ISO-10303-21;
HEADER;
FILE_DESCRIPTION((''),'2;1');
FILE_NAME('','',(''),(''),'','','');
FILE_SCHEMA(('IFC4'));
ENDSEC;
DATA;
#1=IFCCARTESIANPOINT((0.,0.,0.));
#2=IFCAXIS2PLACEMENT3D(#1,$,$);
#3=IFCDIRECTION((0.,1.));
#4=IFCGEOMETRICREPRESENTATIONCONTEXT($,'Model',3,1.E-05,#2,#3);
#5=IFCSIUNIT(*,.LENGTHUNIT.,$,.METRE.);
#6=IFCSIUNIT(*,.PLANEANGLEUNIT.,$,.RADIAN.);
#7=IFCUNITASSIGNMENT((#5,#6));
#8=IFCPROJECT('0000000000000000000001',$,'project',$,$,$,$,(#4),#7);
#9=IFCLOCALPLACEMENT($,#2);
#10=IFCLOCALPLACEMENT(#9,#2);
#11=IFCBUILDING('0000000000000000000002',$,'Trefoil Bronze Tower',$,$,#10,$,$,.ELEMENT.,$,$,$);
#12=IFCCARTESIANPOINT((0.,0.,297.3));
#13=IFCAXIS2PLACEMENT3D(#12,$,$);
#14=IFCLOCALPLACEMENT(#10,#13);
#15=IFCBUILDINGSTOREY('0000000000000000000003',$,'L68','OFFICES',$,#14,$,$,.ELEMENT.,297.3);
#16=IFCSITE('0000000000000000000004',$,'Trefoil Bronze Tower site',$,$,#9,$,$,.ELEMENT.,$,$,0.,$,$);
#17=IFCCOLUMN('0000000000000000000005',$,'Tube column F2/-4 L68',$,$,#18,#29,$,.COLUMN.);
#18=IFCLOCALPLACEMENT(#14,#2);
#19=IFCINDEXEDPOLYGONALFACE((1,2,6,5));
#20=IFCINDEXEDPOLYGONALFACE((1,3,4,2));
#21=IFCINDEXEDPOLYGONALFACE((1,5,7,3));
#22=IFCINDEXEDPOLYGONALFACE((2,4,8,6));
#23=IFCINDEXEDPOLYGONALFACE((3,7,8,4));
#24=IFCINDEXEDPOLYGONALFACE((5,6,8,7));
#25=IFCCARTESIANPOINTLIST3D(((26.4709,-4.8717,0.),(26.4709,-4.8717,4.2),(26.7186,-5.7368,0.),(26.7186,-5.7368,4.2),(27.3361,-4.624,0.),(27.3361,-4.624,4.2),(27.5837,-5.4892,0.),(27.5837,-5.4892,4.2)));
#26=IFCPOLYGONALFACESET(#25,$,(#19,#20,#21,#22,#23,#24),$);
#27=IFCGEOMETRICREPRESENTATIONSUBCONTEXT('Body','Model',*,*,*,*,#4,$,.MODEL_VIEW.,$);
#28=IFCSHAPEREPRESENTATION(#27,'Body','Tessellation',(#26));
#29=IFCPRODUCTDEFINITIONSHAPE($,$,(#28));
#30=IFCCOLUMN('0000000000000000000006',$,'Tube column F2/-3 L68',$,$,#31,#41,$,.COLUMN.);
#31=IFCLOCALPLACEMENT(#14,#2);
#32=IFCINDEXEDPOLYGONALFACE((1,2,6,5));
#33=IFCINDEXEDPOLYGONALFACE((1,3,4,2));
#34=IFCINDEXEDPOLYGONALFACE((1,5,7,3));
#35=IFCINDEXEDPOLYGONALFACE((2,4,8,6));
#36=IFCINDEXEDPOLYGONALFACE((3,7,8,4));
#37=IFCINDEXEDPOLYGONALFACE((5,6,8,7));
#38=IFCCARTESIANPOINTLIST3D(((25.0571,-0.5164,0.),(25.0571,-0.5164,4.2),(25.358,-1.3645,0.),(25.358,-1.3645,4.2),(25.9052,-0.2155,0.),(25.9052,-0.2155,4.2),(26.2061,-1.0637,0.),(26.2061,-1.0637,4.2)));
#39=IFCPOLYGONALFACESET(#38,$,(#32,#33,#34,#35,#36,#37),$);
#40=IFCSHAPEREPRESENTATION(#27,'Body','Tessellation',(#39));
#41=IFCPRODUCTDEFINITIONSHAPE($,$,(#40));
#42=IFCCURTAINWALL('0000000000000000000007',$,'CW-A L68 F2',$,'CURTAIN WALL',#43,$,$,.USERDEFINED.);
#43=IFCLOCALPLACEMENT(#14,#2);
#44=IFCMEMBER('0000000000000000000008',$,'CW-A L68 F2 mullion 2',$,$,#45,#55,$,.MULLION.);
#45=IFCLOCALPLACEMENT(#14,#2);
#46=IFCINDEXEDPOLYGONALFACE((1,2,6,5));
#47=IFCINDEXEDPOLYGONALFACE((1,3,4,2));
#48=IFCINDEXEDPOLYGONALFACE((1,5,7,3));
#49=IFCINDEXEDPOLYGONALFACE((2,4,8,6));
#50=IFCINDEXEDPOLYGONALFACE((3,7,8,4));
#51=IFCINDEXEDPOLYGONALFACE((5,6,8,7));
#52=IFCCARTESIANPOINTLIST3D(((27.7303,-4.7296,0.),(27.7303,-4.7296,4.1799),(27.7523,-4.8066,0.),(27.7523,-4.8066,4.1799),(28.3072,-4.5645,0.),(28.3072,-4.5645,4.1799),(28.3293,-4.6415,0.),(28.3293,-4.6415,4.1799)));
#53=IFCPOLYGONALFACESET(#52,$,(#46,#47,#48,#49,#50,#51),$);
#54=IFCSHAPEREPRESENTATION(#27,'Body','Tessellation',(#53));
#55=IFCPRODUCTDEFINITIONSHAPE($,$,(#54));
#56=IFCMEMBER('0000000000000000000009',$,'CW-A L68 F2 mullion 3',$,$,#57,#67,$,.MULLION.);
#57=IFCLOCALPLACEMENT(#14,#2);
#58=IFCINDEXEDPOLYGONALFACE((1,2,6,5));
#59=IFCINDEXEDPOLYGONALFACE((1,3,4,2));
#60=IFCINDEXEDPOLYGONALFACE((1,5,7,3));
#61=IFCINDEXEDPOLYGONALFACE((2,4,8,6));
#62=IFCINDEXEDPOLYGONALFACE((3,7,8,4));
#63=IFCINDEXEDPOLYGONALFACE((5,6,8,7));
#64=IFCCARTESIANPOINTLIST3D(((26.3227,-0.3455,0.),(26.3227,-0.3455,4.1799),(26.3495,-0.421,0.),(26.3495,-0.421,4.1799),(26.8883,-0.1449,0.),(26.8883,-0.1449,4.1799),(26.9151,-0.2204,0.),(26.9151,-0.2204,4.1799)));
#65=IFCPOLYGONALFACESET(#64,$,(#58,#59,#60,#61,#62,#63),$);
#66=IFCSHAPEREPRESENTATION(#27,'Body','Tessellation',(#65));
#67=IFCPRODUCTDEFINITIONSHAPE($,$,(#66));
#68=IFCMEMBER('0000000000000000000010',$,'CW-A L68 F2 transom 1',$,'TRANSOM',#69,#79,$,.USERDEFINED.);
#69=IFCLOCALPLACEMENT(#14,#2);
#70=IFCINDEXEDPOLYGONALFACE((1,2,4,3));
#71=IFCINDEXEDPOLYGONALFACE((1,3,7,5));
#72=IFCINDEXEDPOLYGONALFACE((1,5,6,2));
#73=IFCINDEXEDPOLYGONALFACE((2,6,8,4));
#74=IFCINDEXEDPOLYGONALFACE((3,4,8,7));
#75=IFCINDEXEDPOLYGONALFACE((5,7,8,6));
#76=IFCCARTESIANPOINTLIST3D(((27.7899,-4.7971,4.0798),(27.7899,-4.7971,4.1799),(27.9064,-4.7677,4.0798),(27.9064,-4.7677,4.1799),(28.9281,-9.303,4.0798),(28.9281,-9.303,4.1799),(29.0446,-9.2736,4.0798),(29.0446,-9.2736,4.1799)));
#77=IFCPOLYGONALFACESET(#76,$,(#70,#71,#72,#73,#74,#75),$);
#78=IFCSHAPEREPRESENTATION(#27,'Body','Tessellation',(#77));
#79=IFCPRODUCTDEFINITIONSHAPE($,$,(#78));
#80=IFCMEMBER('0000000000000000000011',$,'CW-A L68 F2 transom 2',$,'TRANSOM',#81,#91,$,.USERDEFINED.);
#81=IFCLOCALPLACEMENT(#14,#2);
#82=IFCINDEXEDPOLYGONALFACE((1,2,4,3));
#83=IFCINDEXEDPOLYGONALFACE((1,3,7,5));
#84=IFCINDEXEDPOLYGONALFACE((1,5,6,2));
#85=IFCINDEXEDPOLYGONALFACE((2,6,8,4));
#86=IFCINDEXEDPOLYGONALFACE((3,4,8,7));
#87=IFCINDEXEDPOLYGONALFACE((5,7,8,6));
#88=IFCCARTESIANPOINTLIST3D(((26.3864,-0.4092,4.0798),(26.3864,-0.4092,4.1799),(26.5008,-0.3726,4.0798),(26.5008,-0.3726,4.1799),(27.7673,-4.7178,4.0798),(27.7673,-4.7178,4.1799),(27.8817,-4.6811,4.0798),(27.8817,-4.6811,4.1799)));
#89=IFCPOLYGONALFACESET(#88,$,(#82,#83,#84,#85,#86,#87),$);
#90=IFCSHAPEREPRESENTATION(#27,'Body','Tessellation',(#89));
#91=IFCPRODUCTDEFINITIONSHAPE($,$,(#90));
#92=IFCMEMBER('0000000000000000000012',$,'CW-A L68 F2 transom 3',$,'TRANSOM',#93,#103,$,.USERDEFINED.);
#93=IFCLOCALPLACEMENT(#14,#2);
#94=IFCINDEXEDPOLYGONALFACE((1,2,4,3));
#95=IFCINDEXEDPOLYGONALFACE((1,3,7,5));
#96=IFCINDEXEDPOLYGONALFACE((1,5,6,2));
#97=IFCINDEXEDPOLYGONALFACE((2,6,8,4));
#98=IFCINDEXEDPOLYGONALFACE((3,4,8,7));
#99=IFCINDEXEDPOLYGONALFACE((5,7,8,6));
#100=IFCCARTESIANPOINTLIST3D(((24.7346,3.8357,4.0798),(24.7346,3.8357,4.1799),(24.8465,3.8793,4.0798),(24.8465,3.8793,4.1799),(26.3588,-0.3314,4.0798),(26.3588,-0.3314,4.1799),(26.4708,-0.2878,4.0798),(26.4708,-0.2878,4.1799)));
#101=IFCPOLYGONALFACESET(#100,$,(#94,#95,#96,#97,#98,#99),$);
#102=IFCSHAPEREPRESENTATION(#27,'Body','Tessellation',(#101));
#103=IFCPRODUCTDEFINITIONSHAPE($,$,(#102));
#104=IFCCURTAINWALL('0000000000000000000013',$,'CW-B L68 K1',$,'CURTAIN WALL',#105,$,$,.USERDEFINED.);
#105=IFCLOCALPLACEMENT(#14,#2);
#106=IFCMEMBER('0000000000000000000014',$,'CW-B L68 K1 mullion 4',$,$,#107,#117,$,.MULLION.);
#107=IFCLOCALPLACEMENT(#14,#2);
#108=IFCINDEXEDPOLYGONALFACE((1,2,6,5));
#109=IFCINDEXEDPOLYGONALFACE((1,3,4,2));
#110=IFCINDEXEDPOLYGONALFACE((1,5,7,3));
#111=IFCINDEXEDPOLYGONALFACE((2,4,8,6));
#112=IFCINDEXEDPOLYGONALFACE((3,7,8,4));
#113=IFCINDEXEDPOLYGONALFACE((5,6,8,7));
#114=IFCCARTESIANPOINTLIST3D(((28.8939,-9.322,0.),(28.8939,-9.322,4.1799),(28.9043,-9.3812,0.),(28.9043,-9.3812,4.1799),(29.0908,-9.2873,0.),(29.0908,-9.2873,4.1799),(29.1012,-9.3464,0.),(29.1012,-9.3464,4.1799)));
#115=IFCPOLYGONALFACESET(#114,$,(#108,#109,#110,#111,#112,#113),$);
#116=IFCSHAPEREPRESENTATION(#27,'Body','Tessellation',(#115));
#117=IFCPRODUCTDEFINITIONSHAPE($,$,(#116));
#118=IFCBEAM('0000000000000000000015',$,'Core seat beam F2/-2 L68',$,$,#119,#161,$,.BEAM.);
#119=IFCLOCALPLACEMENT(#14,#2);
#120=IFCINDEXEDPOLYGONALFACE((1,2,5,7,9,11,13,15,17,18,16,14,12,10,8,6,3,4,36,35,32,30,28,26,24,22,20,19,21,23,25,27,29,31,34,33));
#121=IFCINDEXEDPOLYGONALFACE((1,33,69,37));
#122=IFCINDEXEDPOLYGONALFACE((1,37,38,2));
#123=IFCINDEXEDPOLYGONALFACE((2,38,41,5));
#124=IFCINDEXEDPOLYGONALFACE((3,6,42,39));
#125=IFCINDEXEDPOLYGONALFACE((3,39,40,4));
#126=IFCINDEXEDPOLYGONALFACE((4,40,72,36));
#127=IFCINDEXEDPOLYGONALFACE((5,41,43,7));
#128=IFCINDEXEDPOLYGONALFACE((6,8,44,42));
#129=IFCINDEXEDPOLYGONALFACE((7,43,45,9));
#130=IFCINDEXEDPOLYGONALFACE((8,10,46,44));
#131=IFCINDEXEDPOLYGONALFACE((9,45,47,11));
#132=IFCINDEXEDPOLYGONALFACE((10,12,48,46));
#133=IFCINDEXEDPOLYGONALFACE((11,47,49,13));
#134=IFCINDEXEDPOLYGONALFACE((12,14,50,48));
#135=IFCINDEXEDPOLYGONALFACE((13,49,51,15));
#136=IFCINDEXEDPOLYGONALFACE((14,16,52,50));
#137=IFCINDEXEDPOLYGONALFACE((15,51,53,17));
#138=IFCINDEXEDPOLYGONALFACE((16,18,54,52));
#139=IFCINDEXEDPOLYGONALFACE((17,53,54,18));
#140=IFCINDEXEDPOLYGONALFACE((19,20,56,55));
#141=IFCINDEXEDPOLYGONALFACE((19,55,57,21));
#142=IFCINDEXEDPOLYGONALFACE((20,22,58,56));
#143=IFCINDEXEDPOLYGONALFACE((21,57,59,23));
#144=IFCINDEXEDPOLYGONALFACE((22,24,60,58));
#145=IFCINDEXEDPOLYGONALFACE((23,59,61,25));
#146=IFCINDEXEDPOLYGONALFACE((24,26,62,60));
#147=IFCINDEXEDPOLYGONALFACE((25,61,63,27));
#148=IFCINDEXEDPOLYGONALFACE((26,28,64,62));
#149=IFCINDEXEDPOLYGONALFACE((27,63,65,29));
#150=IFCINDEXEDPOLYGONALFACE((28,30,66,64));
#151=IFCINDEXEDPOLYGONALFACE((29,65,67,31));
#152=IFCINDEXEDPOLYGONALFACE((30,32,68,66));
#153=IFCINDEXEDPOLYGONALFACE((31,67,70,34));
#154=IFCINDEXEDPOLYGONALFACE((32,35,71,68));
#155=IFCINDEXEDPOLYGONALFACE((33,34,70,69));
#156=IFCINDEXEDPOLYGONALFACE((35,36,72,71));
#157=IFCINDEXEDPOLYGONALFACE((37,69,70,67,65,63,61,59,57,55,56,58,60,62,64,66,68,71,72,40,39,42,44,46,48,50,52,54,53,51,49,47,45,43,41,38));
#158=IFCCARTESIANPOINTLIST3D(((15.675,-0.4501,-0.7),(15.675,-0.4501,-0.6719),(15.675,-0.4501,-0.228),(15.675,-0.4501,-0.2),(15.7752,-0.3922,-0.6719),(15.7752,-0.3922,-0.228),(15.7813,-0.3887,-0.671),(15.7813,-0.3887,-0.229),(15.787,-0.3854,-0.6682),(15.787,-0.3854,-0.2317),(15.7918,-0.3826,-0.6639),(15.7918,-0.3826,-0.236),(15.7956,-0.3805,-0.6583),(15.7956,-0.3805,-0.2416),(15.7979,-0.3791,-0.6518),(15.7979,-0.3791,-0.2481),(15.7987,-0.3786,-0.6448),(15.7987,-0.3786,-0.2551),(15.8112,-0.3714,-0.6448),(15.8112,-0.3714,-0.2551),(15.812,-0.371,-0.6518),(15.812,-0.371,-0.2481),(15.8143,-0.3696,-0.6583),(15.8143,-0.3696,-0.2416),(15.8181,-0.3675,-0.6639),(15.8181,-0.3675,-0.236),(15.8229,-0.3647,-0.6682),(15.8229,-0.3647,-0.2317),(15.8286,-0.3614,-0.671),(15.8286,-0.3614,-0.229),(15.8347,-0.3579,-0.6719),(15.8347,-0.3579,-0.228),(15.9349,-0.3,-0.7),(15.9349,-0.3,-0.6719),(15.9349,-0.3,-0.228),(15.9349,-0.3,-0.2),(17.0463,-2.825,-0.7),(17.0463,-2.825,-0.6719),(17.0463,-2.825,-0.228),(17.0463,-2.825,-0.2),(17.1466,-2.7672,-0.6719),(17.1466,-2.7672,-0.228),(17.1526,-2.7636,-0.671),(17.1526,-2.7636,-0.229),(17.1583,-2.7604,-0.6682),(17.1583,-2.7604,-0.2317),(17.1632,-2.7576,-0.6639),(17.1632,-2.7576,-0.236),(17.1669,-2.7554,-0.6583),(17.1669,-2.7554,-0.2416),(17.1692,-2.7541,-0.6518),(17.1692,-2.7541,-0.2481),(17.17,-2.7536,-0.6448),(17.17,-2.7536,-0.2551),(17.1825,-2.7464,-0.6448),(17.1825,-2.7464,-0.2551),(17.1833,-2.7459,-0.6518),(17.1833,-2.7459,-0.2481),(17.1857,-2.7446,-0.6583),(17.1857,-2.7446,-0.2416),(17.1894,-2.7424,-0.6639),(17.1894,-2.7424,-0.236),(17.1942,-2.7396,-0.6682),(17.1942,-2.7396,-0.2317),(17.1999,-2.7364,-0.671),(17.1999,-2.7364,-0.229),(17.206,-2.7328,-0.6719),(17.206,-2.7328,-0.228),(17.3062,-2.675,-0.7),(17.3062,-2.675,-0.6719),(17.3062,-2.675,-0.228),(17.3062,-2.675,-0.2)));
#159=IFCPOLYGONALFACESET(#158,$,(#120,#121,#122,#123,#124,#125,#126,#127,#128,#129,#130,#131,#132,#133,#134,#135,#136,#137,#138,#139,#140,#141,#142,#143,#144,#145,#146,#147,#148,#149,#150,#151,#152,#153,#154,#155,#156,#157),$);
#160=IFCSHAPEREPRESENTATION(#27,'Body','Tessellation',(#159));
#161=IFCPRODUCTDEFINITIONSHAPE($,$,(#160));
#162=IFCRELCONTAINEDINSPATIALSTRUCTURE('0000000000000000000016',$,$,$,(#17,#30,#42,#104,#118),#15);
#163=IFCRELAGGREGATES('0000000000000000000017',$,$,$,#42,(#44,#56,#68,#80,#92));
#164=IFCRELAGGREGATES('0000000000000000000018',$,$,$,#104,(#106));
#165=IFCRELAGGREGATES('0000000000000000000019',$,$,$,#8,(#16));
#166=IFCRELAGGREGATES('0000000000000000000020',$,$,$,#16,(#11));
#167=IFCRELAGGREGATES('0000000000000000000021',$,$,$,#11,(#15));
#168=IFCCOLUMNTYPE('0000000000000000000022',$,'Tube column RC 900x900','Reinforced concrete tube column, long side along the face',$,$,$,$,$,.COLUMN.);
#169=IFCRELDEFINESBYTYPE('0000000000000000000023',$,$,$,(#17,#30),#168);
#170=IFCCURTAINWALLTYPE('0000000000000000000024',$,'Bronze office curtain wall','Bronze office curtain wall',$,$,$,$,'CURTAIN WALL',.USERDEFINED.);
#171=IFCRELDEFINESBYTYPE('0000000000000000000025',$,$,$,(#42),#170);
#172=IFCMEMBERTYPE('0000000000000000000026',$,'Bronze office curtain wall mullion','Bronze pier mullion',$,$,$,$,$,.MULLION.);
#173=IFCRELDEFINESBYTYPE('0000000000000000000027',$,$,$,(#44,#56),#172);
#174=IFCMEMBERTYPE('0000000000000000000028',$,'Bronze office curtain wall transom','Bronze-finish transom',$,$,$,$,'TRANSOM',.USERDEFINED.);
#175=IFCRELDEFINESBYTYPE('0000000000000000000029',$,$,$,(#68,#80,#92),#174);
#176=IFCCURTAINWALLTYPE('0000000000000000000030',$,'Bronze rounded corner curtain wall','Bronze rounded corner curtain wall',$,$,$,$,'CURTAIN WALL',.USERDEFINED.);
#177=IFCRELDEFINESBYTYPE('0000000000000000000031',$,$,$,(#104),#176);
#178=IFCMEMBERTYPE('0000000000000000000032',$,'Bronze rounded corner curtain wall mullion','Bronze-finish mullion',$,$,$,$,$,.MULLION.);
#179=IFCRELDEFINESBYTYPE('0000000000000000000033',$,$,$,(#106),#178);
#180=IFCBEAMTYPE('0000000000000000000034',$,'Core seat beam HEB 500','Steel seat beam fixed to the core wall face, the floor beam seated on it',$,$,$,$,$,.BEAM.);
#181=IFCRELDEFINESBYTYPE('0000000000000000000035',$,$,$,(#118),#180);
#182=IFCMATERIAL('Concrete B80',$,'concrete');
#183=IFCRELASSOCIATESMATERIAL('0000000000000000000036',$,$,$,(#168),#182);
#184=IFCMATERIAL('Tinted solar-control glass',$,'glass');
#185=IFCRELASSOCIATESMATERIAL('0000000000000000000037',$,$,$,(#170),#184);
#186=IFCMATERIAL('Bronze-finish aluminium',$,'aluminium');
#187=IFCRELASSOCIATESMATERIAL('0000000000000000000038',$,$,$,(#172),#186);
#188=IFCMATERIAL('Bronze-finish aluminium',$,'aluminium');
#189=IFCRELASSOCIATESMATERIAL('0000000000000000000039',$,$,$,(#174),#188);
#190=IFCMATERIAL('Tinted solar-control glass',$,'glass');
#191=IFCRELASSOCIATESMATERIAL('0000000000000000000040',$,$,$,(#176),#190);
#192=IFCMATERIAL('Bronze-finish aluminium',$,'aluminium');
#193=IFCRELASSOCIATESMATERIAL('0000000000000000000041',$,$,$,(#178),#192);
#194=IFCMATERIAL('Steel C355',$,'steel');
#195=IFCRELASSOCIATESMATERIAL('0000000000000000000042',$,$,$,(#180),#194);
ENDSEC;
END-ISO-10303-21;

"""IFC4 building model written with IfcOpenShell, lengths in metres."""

from ifc_helpers import new_model, si_unit, direction, frame, origin, origin_2d, place, context, subcontext, project, spatial, rectangle, i_section, extrude, material, material_profile, profile_set, type_object, element, aggregate, save


model = new_model("IFC4")

# Units and contexts
model_context = context("Model", 3, precision=1e-05, world=origin(), true_north=direction((0.0, 1.0)))
body_context = subcontext(model_context, "Body", "Model", "MODEL_VIEW")
ifc_project = project(units=[si_unit("LENGTHUNIT", "METRE"), si_unit("PLANEANGLEUNIT", "RADIAN")], contexts=[model_context])

# Site, building, storey
site_placement = place(None, origin())
site = spatial("IfcSite", under=ifc_project, at=site_placement, Name="Trefoil Bronze Tower site", CompositionType="ELEMENT", RefElevation=0.0)
building_placement = place(site_placement, origin())
building = spatial("IfcBuilding", under=site, at=building_placement, Name="Trefoil Bronze Tower", CompositionType="ELEMENT")
storey_placement = place(building_placement, frame((0.0, 0.0, 297.3)))
storey = spatial("IfcBuildingStorey", under=building, at=storey_placement, Name="L68", Description="OFFICES", CompositionType="ELEMENT", Elevation=297.3)

# Columns
ifc_material_1 = material(Name="Concrete B80", Category="concrete")
ifc_material_profile_1 = material_profile(ifc_material_1, rectangle(XDim=0.8999, YDim=0.8999, at=origin_2d()), Name="RC 900x900")
ifc_profile_set_1 = profile_set([ifc_material_profile_1], Name="Concrete B80")
column_type = type_object("IfcColumnType", Name="Tube column RC 900x900", Description="Reinforced concrete tube column, long side along the face", PredefinedType="COLUMN", material=ifc_profile_set_1)
for number, where, z_axis, x_axis, name in (
    (1, (27.0273, -5.1804, 0.0), (0.0, 0.0, 1.0), (-0.275169, 0.961396, 0.0), "Tube column F2/-4 L68"),
    (2, (25.6316, -0.79, 0.0), (0.0, 0.0, 1.0), (-0.334352, 0.942448, 0.0), "Tube column F2/-3 L68"),
):
    element("IfcColumn", number, at=place(storey_placement, frame(where, z_axis=z_axis, x_axis=x_axis)), inside=storey, type_object=column_type, Name=name, PredefinedType="COLUMN", context=body_context, shape_type="SweptSolid", body=[
        extrude(rectangle(XDim=0.8999, YDim=0.8999, at=origin_2d()), origin(), (0.0, 0.0, 1.0), 4.2),
    ])

# Curtain wall, members
ifc_material_2 = material(Name="Tinted solar-control glass", Category="glass")
curtain_wall_type_1 = type_object("IfcCurtainWallType", Name="Bronze office curtain wall", Description="Bronze office curtain wall", ElementType="CURTAIN WALL", PredefinedType="USERDEFINED", material=ifc_material_2)
curtain_wall_1_placement = place(storey_placement, origin())
curtain_wall_1 = element("IfcCurtainWall", 3, at=curtain_wall_1_placement, inside=storey, type_object=curtain_wall_type_1, Name="CW-A L68 F2", ObjectType="CURTAIN WALL", PredefinedType="USERDEFINED")
ifc_material_3 = material(Name="Bronze-finish aluminium", Category="aluminium")
ifc_material_profile_2 = material_profile(ifc_material_3, rectangle(XDim=0.6001, YDim=0.0801, at=origin_2d()), Name="CW-A mullion")
ifc_profile_set_2 = profile_set([ifc_material_profile_2], Name="Bronze-finish aluminium")
member_type_1 = type_object("IfcMemberType", Name="Bronze office curtain wall mullion", Description="Bronze pier mullion", PredefinedType="MULLION", material=ifc_profile_set_2)
member_1_placement = place(storey_placement, frame((28.0298, -4.6855, 0.0), z_axis=(0.0, 0.0, 1.0), x_axis=(-0.961396, -0.275169, 0.0)))
member_1 = element("IfcMember", 4, at=member_1_placement, type_object=member_type_1, Name="CW-A L68 F2 mullion 2", PredefinedType="MULLION", context=body_context, shape_type="SweptSolid", body=[
    extrude(rectangle(XDim=0.6001, YDim=0.0801, at=origin_2d()), origin(), (0.0, 0.0, 1.0), 4.1799),
])
member_2_placement = place(storey_placement, frame((26.6189, -0.283, 0.0), z_axis=(0.0, 0.0, 1.0), x_axis=(-0.942448, -0.334352, 0.0)))
member_2 = element("IfcMember", 5, at=member_2_placement, type_object=member_type_1, Name="CW-A L68 F2 mullion 3", PredefinedType="MULLION", context=body_context, shape_type="SweptSolid", body=[
    extrude(rectangle(XDim=0.6001, YDim=0.0801, at=origin_2d()), origin(), (0.0, 0.0, 1.0), 4.1799),
])
ifc_material_4 = material(Name="Bronze-finish aluminium", Category="aluminium")
ifc_material_profile_3 = material_profile(ifc_material_4, rectangle(XDim=0.1201, YDim=0.1001, at=origin_2d()), Name="CW-A transom")
ifc_profile_set_3 = profile_set([ifc_material_profile_3], Name="Bronze-finish aluminium")
member_type_2 = type_object("IfcMemberType", Name="Bronze office curtain wall transom", Description="Bronze-finish transom", ElementType="TRANSOM", PredefinedType="USERDEFINED", material=ifc_profile_set_3)
member_3_placement = place(storey_placement, frame((28.9863, -9.2883, 4.1299), z_axis=(-0.244908, 0.969546, 0.0), x_axis=(-0.969546, -0.244908, 0.0)))
member_3 = element("IfcMember", 6, at=member_3_placement, type_object=member_type_2, Name="CW-A L68 F2 transom 1", ObjectType="TRANSOM", PredefinedType="USERDEFINED", context=body_context, shape_type="SweptSolid", body=[
    extrude(rectangle(XDim=0.1201, YDim=0.1001, at=origin_2d()), origin(), (0.0, 0.0, 1.0), 4.6475),
])
member_4_placement = place(storey_placement, frame((27.8245, -4.6995, 4.1299), z_axis=(-0.305199, 0.952289, 0.0), x_axis=(-0.952289, -0.305199, 0.0)))
member_4 = element("IfcMember", 7, at=member_4_placement, type_object=member_type_2, Name="CW-A L68 F2 transom 2", ObjectType="TRANSOM", PredefinedType="USERDEFINED", context=body_context, shape_type="SweptSolid", body=[
    extrude(rectangle(XDim=0.1201, YDim=0.1001, at=origin_2d()), origin(), (0.0, 0.0, 1.0), 4.5244),
])
member_5_placement = place(storey_placement, frame((26.4148, -0.3096, 4.1299), z_axis=(-0.363178, 0.93172, 0.0), x_axis=(-0.93172, -0.363178, 0.0)))
member_5 = element("IfcMember", 8, at=member_5_placement, type_object=member_type_2, Name="CW-A L68 F2 transom 3", ObjectType="TRANSOM", PredefinedType="USERDEFINED", context=body_context, shape_type="SweptSolid", body=[
    extrude(rectangle(XDim=0.1201, YDim=0.1001, at=origin_2d()), origin(), (0.0, 0.0, 1.0), 4.4724),
])

# Curtain wall, member
ifc_material_5 = material(Name="Tinted solar-control glass", Category="glass")
curtain_wall_type_2 = type_object("IfcCurtainWallType", Name="Bronze rounded corner curtain wall", Description="Bronze rounded corner curtain wall", ElementType="CURTAIN WALL", PredefinedType="USERDEFINED", material=ifc_material_5)
curtain_wall_2_placement = place(storey_placement, origin())
curtain_wall_2 = element("IfcCurtainWall", 9, at=curtain_wall_2_placement, inside=storey, type_object=curtain_wall_type_2, Name="CW-B L68 K1", ObjectType="CURTAIN WALL", PredefinedType="USERDEFINED")
ifc_material_6 = material(Name="Bronze-finish aluminium", Category="aluminium")
ifc_material_profile_4 = material_profile(ifc_material_6, rectangle(XDim=0.2, YDim=0.0601, at=origin_2d()), Name="CW-B mullion")
ifc_profile_set_4 = profile_set([ifc_material_profile_4], Name="Bronze-finish aluminium")
member_type_3 = type_object("IfcMemberType", Name="Bronze rounded corner curtain wall mullion", Description="Bronze-finish mullion", PredefinedType="MULLION", material=ifc_profile_set_4)
member_6_placement = place(storey_placement, frame((28.9976, -9.3342, 0.0), z_axis=(0.0, 0.0, 1.0), x_axis=(-0.984808, -0.173648, 0.0)))
member_6 = element("IfcMember", 10, at=member_6_placement, type_object=member_type_3, Name="CW-B L68 K1 mullion 4", PredefinedType="MULLION", context=body_context, shape_type="SweptSolid", body=[
    extrude(rectangle(XDim=0.2, YDim=0.0601, at=origin_2d()), origin(), (0.0, 0.0, 1.0), 4.1799),
])

# Beam
ifc_material_7 = material(Name="Steel C355", Category="steel")
ifc_material_profile_5 = material_profile(ifc_material_7, i_section(OverallWidth=0.3, OverallDepth=0.5, WebThickness=0.0144, FlangeThickness=0.0281, FilletRadius=0.0271, at=origin_2d()), Name="HEB 500")
ifc_profile_set_5 = profile_set([ifc_material_profile_5], Name="Steel C355")
beam_type_1 = type_object("IfcBeamType", Name="Core seat beam HEB 500", Description="Steel seat beam fixed to the core wall face, the floor beam seated on it", PredefinedType="BEAM", material=ifc_profile_set_5)
beam_1_placement = place(storey_placement, frame((17.1763, -2.75, -0.45), z_axis=(-0.500036, 0.866005, 0.0), x_axis=(-0.866005, -0.500036, 0.0)))
element("IfcBeam", 11, at=beam_1_placement, inside=storey, type_object=beam_type_1, Name="Core seat beam F2/-2 L68", PredefinedType="BEAM", context=body_context, shape_type="SweptSolid", body=[
    extrude(i_section(OverallWidth=0.3, OverallDepth=0.5, WebThickness=0.0144, FlangeThickness=0.0281, FilletRadius=0.0271, at=origin_2d()), origin(), (0.0, 0.0, 1.0), 2.7424),
])

aggregate(curtain_wall_1, [member_1, member_2, member_3, member_4, member_5])
aggregate(curtain_wall_2, [member_6])

save(model, "model.ifc")
